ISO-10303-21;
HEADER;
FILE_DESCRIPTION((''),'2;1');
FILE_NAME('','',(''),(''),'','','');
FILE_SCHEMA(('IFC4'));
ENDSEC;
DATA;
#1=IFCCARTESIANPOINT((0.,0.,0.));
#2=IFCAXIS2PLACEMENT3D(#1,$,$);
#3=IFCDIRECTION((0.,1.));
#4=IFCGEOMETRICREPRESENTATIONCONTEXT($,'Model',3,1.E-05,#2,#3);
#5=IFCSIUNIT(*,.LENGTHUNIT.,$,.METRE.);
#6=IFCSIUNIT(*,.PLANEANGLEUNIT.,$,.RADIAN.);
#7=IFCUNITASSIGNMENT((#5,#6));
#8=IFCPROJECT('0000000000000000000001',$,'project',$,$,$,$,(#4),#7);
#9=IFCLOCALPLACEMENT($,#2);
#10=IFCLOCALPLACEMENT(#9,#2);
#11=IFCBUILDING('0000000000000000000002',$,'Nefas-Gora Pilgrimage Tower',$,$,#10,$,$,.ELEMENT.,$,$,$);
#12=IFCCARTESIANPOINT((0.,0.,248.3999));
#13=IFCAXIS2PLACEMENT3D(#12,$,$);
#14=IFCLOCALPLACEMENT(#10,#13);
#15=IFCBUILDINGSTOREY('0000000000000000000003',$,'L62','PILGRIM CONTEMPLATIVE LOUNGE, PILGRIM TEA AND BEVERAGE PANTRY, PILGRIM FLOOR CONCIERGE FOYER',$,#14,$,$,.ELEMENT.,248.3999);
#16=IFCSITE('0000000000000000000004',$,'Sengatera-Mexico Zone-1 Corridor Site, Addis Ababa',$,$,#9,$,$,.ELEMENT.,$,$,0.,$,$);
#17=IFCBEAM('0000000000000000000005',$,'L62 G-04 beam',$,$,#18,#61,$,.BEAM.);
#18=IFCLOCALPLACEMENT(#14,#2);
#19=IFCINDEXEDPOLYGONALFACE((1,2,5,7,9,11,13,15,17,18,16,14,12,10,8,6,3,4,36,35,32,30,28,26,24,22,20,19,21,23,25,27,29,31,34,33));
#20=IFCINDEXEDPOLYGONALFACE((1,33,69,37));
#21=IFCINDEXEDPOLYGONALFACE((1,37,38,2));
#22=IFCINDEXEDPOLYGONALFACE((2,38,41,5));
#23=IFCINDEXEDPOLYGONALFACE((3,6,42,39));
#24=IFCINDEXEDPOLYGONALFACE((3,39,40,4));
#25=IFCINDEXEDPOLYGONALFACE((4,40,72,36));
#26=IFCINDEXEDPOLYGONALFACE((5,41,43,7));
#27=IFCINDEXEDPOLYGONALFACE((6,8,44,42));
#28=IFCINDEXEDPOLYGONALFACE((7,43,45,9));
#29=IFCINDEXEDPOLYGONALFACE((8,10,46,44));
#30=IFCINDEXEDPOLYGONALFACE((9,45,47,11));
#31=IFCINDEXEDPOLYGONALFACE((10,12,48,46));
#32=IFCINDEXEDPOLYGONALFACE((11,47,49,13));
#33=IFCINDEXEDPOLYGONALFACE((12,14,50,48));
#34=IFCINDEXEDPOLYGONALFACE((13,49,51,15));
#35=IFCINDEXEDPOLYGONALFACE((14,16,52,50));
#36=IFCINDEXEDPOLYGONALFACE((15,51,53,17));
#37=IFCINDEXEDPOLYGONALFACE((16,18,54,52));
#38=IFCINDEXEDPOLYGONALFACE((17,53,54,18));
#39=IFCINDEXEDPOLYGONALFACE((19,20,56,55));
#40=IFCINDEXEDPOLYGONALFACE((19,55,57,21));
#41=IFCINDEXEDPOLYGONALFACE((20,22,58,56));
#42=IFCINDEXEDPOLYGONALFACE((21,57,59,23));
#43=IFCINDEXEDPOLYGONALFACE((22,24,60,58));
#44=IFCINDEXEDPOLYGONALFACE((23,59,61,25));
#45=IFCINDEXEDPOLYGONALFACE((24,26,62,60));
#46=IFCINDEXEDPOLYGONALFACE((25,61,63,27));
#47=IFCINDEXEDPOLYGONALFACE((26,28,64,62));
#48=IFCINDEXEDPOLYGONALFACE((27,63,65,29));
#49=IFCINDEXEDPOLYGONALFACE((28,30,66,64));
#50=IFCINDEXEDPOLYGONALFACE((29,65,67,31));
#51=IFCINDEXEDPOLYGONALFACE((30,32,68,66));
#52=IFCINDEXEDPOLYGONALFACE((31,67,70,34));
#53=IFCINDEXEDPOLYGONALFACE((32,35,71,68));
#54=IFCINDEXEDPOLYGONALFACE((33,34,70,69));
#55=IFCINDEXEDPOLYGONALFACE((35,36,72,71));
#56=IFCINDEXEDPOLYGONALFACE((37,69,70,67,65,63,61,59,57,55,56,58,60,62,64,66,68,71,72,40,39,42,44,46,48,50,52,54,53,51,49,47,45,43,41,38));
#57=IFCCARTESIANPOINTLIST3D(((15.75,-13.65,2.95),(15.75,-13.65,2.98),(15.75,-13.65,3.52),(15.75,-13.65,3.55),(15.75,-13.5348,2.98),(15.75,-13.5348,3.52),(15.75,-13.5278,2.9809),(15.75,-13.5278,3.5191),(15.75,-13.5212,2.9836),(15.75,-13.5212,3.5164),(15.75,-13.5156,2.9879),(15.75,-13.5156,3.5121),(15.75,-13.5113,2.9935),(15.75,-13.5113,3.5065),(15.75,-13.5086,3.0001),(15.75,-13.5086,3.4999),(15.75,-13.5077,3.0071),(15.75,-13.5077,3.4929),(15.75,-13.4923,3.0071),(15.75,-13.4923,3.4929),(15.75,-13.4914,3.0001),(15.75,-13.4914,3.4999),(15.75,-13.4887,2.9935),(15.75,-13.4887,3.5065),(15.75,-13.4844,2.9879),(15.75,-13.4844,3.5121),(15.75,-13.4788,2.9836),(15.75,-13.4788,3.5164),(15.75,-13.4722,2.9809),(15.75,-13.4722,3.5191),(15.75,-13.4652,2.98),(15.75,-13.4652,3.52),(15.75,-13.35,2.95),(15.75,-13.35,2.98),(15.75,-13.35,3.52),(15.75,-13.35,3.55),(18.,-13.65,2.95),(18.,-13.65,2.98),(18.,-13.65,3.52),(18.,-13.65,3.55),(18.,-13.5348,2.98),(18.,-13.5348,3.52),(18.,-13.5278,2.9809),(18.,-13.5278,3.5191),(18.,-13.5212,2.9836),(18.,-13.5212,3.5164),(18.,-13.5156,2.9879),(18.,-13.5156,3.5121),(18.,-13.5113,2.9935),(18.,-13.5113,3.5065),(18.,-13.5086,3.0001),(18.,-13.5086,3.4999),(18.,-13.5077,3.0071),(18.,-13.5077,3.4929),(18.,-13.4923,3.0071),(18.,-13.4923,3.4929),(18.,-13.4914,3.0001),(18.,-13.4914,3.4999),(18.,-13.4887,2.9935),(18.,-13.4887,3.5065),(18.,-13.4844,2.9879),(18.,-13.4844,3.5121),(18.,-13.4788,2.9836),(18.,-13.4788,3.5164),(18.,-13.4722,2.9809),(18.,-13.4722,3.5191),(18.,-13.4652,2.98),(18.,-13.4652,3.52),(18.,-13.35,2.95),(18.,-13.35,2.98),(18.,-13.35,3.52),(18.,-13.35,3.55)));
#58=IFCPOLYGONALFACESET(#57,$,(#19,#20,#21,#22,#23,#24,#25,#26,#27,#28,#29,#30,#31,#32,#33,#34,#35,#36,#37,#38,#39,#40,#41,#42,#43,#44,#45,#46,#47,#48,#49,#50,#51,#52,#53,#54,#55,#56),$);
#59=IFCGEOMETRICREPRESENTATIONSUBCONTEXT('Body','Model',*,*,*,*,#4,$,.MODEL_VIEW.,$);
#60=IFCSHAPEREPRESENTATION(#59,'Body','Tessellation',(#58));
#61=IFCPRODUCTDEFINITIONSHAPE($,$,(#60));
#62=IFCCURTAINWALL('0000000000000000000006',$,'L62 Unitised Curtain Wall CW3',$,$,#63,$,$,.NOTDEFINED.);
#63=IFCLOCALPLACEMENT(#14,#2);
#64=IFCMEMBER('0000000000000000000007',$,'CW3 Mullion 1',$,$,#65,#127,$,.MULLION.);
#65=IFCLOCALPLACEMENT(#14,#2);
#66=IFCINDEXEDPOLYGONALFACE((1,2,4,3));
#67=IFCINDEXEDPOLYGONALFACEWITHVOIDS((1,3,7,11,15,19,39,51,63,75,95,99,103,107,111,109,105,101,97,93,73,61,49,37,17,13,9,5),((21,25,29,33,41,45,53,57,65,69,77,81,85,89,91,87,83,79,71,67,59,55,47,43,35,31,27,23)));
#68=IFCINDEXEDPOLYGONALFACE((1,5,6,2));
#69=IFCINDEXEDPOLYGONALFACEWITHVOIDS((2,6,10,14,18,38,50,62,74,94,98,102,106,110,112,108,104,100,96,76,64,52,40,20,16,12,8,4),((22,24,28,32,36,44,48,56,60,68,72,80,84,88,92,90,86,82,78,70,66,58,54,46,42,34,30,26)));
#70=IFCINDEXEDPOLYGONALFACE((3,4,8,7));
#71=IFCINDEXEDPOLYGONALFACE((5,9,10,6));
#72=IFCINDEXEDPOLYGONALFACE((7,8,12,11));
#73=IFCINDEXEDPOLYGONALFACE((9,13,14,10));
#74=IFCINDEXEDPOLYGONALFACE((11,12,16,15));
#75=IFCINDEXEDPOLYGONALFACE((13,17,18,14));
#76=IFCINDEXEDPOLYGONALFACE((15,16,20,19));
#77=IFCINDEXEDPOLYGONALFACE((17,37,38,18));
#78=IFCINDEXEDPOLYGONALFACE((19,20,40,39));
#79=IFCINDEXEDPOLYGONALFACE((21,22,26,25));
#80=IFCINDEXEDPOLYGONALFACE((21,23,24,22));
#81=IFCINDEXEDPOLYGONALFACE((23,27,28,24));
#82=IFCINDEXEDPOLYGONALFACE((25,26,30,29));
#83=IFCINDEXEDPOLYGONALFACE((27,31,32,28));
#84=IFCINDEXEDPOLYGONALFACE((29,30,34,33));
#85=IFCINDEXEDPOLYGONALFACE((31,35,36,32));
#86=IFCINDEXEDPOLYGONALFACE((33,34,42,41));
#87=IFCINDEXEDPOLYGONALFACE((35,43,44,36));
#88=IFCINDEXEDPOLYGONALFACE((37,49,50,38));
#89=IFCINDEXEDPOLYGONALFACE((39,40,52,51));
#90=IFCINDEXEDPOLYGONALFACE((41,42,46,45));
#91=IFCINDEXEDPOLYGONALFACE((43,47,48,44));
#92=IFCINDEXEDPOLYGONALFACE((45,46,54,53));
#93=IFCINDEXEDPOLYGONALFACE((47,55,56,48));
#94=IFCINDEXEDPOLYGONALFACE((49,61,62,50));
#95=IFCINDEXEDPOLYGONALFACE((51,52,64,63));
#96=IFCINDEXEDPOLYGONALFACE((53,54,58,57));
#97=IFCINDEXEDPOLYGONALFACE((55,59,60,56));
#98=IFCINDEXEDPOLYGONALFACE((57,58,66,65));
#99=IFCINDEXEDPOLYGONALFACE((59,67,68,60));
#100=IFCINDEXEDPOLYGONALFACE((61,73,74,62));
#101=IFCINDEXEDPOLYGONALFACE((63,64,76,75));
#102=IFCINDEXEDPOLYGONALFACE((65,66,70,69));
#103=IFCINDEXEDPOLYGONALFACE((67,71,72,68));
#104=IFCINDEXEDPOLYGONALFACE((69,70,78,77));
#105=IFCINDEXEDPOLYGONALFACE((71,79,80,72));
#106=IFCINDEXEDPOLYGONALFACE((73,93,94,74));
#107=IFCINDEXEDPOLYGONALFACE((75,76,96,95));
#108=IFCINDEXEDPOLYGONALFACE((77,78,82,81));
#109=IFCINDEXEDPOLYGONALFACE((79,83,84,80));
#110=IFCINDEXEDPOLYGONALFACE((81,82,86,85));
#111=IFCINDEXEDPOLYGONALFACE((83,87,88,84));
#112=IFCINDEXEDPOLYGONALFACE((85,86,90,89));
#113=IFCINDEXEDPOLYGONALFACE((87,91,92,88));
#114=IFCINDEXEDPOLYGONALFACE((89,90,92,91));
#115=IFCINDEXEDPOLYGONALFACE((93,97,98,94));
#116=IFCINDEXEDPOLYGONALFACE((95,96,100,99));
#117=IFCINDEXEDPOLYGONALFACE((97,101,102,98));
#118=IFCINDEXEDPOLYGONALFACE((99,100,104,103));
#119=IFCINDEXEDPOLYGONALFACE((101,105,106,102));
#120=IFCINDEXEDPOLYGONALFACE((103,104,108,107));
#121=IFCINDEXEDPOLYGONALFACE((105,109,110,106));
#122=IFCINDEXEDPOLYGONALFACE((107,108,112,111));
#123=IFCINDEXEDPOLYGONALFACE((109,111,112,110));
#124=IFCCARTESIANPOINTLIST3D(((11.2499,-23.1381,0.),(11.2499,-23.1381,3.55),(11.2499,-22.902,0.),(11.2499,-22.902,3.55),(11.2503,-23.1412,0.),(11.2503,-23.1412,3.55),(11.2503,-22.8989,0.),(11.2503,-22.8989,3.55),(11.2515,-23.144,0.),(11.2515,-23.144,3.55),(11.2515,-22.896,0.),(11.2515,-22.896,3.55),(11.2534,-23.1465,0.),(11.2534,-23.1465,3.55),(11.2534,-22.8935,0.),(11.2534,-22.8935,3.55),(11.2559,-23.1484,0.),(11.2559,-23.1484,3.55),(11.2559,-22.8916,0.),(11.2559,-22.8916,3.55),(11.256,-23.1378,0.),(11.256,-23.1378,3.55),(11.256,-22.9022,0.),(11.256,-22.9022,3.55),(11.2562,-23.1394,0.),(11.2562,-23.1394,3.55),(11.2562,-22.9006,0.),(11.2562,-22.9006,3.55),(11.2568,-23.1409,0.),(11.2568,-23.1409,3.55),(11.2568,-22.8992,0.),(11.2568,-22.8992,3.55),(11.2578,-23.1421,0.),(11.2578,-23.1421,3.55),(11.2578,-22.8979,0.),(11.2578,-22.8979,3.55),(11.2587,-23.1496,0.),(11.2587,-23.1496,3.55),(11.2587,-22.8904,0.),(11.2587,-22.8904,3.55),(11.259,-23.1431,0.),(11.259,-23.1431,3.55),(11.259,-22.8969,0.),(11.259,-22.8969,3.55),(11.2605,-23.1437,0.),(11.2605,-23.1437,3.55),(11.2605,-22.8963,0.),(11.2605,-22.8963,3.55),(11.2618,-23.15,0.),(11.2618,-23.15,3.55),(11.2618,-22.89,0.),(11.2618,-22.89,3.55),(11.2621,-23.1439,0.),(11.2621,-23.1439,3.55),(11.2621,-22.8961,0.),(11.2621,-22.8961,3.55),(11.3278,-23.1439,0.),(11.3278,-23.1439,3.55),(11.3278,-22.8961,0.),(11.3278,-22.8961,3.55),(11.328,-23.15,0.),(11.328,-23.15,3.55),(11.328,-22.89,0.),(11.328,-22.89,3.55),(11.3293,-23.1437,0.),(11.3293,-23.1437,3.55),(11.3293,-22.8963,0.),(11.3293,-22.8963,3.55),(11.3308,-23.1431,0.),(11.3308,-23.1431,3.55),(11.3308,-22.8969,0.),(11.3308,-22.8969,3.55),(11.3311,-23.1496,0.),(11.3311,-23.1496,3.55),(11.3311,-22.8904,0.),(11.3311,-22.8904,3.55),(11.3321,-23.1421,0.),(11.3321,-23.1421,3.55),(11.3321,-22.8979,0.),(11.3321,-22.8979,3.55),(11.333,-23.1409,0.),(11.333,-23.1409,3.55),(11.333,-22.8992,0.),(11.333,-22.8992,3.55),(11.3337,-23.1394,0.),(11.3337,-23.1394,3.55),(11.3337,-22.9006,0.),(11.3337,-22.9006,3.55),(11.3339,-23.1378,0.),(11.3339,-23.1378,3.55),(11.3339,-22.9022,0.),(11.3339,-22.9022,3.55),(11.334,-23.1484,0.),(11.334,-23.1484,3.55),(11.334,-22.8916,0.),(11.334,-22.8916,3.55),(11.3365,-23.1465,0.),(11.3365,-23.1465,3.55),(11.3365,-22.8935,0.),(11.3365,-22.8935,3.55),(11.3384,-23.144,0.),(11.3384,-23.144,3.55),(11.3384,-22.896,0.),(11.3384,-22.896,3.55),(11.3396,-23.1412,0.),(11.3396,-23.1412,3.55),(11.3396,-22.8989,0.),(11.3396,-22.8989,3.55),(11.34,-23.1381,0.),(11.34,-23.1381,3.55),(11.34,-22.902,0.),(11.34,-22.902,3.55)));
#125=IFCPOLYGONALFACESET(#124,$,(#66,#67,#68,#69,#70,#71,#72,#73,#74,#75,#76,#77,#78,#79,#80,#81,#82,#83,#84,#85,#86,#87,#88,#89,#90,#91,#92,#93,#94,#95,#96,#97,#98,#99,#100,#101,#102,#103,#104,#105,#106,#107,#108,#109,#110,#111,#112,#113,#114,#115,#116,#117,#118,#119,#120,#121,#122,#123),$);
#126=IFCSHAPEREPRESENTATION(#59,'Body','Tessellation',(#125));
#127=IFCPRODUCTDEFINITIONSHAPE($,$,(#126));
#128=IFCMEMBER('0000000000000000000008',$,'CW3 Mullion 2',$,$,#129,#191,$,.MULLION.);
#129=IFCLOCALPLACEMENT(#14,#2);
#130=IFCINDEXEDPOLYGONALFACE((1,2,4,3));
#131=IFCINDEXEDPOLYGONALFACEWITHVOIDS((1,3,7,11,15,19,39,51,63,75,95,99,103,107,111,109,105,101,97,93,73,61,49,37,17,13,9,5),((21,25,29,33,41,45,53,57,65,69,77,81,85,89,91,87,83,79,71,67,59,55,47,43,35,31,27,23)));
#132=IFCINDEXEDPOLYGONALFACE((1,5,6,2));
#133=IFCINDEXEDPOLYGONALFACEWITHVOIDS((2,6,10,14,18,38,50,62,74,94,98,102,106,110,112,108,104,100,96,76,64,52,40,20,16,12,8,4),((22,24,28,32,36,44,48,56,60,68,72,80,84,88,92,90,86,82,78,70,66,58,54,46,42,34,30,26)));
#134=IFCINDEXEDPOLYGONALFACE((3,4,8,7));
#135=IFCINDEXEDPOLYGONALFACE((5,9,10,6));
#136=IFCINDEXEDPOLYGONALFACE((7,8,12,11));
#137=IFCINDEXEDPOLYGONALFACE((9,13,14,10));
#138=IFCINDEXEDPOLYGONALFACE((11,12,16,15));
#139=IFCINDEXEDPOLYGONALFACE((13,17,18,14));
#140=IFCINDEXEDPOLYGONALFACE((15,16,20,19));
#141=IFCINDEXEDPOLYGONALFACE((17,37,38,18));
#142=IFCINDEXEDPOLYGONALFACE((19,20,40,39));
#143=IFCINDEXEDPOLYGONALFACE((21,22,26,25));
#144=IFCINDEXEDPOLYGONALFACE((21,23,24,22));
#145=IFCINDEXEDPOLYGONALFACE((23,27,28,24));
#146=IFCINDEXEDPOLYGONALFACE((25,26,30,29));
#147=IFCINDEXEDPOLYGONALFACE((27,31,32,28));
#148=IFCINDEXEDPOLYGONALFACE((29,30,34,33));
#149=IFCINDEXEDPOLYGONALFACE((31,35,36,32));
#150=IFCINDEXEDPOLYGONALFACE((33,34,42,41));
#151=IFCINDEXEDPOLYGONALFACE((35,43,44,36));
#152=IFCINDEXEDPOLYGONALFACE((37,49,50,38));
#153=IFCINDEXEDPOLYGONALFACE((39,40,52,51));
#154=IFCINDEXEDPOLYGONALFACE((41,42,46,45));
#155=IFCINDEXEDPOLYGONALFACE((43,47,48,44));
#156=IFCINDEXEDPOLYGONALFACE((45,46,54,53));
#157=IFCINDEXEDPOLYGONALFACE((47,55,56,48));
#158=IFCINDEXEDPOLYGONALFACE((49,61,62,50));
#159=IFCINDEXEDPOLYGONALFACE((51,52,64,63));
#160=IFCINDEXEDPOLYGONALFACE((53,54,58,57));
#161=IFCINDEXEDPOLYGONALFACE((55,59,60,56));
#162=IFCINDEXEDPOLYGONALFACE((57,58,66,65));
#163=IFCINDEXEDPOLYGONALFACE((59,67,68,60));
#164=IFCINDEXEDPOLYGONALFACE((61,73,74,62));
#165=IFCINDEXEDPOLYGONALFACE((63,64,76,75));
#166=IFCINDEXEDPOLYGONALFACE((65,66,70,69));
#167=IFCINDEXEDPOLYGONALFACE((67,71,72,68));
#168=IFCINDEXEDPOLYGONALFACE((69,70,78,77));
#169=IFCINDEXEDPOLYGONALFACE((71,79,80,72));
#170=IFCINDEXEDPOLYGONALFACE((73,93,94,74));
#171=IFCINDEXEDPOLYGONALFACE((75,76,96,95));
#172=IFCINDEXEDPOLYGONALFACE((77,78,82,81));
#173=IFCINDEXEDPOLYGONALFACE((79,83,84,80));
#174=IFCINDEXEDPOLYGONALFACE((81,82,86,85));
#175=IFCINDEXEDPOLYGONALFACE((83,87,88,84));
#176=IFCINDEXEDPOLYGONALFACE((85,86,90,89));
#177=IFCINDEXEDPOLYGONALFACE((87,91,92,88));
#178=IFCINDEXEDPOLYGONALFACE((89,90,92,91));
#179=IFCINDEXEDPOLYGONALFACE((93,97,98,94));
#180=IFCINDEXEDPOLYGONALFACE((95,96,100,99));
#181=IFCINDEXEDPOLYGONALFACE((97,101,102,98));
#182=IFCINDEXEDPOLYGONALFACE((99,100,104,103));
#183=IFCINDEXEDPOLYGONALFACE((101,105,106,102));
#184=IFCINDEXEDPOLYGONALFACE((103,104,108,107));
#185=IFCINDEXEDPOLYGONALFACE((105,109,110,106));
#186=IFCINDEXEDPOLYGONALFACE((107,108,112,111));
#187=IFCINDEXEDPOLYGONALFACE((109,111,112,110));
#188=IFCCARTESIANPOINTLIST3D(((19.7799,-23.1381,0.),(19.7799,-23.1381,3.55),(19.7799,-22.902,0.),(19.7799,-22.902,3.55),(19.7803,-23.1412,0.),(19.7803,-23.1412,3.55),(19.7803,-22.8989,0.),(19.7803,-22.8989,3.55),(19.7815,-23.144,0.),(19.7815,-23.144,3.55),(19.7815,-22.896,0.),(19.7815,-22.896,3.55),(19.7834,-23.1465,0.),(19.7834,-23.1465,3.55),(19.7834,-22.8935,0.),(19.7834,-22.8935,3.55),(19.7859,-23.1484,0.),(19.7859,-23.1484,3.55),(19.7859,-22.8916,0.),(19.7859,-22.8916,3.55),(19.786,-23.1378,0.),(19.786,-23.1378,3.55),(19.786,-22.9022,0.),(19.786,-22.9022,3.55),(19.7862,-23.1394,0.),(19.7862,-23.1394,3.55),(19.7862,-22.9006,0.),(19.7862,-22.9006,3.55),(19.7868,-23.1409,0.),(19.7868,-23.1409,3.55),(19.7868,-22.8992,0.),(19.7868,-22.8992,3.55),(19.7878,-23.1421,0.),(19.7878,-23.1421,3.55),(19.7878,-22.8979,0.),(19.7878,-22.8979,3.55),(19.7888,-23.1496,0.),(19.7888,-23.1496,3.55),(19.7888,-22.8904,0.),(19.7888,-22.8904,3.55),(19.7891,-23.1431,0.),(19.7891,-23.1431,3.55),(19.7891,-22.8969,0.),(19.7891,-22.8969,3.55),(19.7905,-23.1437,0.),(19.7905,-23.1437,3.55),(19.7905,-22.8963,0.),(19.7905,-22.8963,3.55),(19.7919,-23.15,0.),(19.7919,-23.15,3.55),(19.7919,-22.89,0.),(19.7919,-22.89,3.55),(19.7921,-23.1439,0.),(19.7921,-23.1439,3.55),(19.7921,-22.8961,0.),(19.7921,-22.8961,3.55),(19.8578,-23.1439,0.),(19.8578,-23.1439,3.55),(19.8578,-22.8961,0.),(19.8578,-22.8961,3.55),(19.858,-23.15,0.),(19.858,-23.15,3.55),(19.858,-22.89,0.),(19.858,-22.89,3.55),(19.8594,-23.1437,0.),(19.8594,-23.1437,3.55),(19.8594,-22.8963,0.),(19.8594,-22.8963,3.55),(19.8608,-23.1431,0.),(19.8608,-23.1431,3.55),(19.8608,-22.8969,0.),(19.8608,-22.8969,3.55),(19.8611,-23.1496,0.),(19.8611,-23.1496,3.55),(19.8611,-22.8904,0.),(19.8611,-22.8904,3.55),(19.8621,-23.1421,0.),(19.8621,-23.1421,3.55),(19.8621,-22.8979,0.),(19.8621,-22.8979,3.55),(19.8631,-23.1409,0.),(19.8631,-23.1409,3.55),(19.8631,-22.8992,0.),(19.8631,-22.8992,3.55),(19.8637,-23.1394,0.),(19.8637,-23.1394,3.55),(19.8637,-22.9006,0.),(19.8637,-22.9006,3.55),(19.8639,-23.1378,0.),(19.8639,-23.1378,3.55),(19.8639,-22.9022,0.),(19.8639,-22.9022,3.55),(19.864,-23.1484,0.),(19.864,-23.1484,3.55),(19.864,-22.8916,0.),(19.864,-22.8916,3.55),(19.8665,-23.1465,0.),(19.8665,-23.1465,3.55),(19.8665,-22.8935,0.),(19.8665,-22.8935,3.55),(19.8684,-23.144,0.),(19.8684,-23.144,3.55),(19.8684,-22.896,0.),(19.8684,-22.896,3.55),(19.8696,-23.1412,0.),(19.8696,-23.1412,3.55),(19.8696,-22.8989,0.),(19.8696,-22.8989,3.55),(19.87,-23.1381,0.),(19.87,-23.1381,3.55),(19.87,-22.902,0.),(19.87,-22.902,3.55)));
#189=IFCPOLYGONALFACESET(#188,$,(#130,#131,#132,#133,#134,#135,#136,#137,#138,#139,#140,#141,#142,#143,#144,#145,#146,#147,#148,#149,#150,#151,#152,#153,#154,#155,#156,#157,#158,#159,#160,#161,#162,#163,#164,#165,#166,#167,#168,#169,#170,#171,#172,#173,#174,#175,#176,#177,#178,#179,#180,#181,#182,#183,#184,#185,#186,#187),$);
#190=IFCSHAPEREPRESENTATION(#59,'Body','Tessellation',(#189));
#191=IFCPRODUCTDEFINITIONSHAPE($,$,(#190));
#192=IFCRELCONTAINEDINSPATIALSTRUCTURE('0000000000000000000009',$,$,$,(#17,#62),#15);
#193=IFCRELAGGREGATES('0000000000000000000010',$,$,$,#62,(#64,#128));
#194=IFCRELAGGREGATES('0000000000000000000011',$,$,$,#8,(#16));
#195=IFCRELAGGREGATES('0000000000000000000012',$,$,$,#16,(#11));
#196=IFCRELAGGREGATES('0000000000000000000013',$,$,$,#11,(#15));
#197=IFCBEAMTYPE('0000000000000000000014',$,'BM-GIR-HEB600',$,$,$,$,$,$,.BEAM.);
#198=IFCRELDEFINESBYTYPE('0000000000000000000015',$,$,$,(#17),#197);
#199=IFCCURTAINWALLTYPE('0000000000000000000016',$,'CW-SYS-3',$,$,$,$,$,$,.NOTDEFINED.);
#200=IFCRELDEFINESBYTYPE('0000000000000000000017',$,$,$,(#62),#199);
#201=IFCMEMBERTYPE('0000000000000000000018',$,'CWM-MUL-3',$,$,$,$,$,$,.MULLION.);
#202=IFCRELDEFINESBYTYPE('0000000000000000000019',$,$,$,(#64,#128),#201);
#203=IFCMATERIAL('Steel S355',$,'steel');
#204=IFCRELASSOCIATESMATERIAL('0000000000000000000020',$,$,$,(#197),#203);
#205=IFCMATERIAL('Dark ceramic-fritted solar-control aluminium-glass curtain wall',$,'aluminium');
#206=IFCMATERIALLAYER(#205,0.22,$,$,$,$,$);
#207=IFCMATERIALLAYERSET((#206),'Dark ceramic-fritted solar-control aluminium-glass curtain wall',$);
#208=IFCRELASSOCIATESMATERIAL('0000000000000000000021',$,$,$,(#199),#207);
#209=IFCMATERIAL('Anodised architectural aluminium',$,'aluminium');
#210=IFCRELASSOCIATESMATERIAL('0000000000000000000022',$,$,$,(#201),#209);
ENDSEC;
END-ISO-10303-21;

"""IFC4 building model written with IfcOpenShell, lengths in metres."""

from ifc_helpers import new_model, si_unit, direction, frame, origin, origin_2d, place, context, subcontext, project, spatial, hollow_rectangle, i_section, extrude, source, transform, mapped, material, layer, layer_set, material_profile, profile_set, type_object, element, aggregate, save


model = new_model("IFC4")

# Units and contexts
model_context = context("Model", 3, precision=1e-05, world=origin(), true_north=direction((0.0, 1.0)))
body_context = subcontext(model_context, "Body", "Model", "MODEL_VIEW")
ifc_project = project(units=[si_unit("LENGTHUNIT", "METRE"), si_unit("PLANEANGLEUNIT", "RADIAN")], contexts=[model_context])

# Site, building, storey
site_placement = place(None, origin())
site = spatial("IfcSite", under=ifc_project, at=site_placement, Name="Sengatera-Mexico Zone-1 Corridor Site, Addis Ababa", CompositionType="ELEMENT", RefElevation=0.0)
building_placement = place(site_placement, origin())
building = spatial("IfcBuilding", under=site, at=building_placement, Name="Nefas-Gora Pilgrimage Tower", CompositionType="ELEMENT")
storey_placement = place(building_placement, frame((0.0, 0.0, 248.3999)))
storey = spatial("IfcBuildingStorey", under=building, at=storey_placement, Name="L62", Description="PILGRIM CONTEMPLATIVE LOUNGE, PILGRIM TEA AND BEVERAGE PANTRY, PILGRIM FLOOR CONCIERGE FOYER", CompositionType="ELEMENT", Elevation=248.3999)

# Beam
ifc_material_1 = material(Name="Steel S355", Category="steel")
ifc_material_profile_1 = material_profile(ifc_material_1, i_section(OverallWidth=0.3, OverallDepth=0.6001, WebThickness=0.0154, FlangeThickness=0.03, FilletRadius=0.0271, at=origin_2d()), Name="HEB 600")
ifc_profile_set_1 = profile_set([ifc_material_profile_1], Name="Steel S355")
beam_type_1 = type_object("IfcBeamType", Name="BM-GIR-HEB600", PredefinedType="BEAM", material=ifc_profile_set_1)
shared_shape_1 = source(origin(), body_context, "Body", "SweptSolid", [
    extrude(i_section(OverallWidth=0.3, OverallDepth=0.6001, WebThickness=0.0154, FlangeThickness=0.03, FilletRadius=0.0271, at=origin_2d()), origin(), (0.0, 0.0, 1.0), 2.25),
])
beam_1_placement = place(storey_placement, frame((15.75, -13.5, 3.25), z_axis=(1.0, 0.0, 0.0), x_axis=(0.0, 1.0, 0.0)))
element("IfcBeam", 1, at=beam_1_placement, inside=storey, type_object=beam_type_1, Name="L62 G-04 beam", PredefinedType="BEAM", context=body_context, shape_type="MappedRepresentation", body=[
    mapped(shared_shape_1, transform((0.0, 0.0, 0.0), x_axis=(1.0, 0.0, 0.0), y_axis=(0.0, 1.0, 0.0), z_axis=(0.0, 0.0, 1.0), scale=1.0)),
])

# Curtain wall, members
ifc_material_2 = material(Name="Dark ceramic-fritted solar-control aluminium-glass curtain wall", Category="aluminium")
ifc_layer_1 = layer(ifc_material_2, 0.22)
ifc_layer_set_1 = layer_set([ifc_layer_1], Name="Dark ceramic-fritted solar-control aluminium-glass curtain wall")
curtain_wall_type = type_object("IfcCurtainWallType", Name="CW-SYS-3", PredefinedType="NOTDEFINED", material=ifc_layer_set_1)
curtain_wall_1_placement = place(storey_placement, origin())
curtain_wall_1 = element("IfcCurtainWall", 2, at=curtain_wall_1_placement, inside=storey, type_object=curtain_wall_type, Name="L62 Unitised Curtain Wall CW3", PredefinedType="NOTDEFINED")
ifc_material_3 = material(Name="Anodised architectural aluminium", Category="aluminium")
ifc_material_profile_2 = material_profile(ifc_material_3, hollow_rectangle(XDim=0.0901, YDim=0.26, WallThickness=0.0061, InnerFilletRadius=0.0061, OuterFilletRadius=0.012, at=origin_2d()), Name="ALU MULLION 90x260")
ifc_profile_set_2 = profile_set([ifc_material_profile_2], Name="Anodised architectural aluminium")
member_type_1 = type_object("IfcMemberType", Name="CWM-MUL-3", PredefinedType="MULLION", material=ifc_profile_set_2)
shared_shape_2 = source(origin(), body_context, "Body", "SweptSolid", [
    extrude(hollow_rectangle(XDim=0.0901, YDim=0.26, WallThickness=0.0061, InnerFilletRadius=0.0061, OuterFilletRadius=0.012, at=origin_2d()), origin(), (0.0, 0.0, 1.0), 3.55),
])
member_1_placement = place(storey_placement, frame((11.2949, -23.02, 0.0), z_axis=(0.0, 0.0, 1.0), x_axis=(1.0, 0.0, 0.0)))
member_1 = element("IfcMember", 3, at=member_1_placement, type_object=member_type_1, Name="CW3 Mullion 1", PredefinedType="MULLION", context=body_context, shape_type="MappedRepresentation", body=[
    mapped(shared_shape_2, transform((0.0, 0.0, 0.0), x_axis=(1.0, 0.0, 0.0), y_axis=(0.0, 1.0, 0.0), z_axis=(0.0, 0.0, 1.0), scale=1.0)),
])
member_2_placement = place(storey_placement, frame((19.825, -23.02, 0.0), z_axis=(0.0, 0.0, 1.0), x_axis=(1.0, 0.0, 0.0)))
member_2 = element("IfcMember", 4, at=member_2_placement, type_object=member_type_1, Name="CW3 Mullion 2", PredefinedType="MULLION", context=body_context, shape_type="MappedRepresentation", body=[
    mapped(shared_shape_2, transform((0.0, 0.0, 0.0), x_axis=(1.0, 0.0, 0.0), y_axis=(0.0, 1.0, 0.0), z_axis=(0.0, 0.0, 1.0), scale=1.0)),
])

aggregate(curtain_wall_1, [member_1, member_2])

save(model, "model.ifc")
